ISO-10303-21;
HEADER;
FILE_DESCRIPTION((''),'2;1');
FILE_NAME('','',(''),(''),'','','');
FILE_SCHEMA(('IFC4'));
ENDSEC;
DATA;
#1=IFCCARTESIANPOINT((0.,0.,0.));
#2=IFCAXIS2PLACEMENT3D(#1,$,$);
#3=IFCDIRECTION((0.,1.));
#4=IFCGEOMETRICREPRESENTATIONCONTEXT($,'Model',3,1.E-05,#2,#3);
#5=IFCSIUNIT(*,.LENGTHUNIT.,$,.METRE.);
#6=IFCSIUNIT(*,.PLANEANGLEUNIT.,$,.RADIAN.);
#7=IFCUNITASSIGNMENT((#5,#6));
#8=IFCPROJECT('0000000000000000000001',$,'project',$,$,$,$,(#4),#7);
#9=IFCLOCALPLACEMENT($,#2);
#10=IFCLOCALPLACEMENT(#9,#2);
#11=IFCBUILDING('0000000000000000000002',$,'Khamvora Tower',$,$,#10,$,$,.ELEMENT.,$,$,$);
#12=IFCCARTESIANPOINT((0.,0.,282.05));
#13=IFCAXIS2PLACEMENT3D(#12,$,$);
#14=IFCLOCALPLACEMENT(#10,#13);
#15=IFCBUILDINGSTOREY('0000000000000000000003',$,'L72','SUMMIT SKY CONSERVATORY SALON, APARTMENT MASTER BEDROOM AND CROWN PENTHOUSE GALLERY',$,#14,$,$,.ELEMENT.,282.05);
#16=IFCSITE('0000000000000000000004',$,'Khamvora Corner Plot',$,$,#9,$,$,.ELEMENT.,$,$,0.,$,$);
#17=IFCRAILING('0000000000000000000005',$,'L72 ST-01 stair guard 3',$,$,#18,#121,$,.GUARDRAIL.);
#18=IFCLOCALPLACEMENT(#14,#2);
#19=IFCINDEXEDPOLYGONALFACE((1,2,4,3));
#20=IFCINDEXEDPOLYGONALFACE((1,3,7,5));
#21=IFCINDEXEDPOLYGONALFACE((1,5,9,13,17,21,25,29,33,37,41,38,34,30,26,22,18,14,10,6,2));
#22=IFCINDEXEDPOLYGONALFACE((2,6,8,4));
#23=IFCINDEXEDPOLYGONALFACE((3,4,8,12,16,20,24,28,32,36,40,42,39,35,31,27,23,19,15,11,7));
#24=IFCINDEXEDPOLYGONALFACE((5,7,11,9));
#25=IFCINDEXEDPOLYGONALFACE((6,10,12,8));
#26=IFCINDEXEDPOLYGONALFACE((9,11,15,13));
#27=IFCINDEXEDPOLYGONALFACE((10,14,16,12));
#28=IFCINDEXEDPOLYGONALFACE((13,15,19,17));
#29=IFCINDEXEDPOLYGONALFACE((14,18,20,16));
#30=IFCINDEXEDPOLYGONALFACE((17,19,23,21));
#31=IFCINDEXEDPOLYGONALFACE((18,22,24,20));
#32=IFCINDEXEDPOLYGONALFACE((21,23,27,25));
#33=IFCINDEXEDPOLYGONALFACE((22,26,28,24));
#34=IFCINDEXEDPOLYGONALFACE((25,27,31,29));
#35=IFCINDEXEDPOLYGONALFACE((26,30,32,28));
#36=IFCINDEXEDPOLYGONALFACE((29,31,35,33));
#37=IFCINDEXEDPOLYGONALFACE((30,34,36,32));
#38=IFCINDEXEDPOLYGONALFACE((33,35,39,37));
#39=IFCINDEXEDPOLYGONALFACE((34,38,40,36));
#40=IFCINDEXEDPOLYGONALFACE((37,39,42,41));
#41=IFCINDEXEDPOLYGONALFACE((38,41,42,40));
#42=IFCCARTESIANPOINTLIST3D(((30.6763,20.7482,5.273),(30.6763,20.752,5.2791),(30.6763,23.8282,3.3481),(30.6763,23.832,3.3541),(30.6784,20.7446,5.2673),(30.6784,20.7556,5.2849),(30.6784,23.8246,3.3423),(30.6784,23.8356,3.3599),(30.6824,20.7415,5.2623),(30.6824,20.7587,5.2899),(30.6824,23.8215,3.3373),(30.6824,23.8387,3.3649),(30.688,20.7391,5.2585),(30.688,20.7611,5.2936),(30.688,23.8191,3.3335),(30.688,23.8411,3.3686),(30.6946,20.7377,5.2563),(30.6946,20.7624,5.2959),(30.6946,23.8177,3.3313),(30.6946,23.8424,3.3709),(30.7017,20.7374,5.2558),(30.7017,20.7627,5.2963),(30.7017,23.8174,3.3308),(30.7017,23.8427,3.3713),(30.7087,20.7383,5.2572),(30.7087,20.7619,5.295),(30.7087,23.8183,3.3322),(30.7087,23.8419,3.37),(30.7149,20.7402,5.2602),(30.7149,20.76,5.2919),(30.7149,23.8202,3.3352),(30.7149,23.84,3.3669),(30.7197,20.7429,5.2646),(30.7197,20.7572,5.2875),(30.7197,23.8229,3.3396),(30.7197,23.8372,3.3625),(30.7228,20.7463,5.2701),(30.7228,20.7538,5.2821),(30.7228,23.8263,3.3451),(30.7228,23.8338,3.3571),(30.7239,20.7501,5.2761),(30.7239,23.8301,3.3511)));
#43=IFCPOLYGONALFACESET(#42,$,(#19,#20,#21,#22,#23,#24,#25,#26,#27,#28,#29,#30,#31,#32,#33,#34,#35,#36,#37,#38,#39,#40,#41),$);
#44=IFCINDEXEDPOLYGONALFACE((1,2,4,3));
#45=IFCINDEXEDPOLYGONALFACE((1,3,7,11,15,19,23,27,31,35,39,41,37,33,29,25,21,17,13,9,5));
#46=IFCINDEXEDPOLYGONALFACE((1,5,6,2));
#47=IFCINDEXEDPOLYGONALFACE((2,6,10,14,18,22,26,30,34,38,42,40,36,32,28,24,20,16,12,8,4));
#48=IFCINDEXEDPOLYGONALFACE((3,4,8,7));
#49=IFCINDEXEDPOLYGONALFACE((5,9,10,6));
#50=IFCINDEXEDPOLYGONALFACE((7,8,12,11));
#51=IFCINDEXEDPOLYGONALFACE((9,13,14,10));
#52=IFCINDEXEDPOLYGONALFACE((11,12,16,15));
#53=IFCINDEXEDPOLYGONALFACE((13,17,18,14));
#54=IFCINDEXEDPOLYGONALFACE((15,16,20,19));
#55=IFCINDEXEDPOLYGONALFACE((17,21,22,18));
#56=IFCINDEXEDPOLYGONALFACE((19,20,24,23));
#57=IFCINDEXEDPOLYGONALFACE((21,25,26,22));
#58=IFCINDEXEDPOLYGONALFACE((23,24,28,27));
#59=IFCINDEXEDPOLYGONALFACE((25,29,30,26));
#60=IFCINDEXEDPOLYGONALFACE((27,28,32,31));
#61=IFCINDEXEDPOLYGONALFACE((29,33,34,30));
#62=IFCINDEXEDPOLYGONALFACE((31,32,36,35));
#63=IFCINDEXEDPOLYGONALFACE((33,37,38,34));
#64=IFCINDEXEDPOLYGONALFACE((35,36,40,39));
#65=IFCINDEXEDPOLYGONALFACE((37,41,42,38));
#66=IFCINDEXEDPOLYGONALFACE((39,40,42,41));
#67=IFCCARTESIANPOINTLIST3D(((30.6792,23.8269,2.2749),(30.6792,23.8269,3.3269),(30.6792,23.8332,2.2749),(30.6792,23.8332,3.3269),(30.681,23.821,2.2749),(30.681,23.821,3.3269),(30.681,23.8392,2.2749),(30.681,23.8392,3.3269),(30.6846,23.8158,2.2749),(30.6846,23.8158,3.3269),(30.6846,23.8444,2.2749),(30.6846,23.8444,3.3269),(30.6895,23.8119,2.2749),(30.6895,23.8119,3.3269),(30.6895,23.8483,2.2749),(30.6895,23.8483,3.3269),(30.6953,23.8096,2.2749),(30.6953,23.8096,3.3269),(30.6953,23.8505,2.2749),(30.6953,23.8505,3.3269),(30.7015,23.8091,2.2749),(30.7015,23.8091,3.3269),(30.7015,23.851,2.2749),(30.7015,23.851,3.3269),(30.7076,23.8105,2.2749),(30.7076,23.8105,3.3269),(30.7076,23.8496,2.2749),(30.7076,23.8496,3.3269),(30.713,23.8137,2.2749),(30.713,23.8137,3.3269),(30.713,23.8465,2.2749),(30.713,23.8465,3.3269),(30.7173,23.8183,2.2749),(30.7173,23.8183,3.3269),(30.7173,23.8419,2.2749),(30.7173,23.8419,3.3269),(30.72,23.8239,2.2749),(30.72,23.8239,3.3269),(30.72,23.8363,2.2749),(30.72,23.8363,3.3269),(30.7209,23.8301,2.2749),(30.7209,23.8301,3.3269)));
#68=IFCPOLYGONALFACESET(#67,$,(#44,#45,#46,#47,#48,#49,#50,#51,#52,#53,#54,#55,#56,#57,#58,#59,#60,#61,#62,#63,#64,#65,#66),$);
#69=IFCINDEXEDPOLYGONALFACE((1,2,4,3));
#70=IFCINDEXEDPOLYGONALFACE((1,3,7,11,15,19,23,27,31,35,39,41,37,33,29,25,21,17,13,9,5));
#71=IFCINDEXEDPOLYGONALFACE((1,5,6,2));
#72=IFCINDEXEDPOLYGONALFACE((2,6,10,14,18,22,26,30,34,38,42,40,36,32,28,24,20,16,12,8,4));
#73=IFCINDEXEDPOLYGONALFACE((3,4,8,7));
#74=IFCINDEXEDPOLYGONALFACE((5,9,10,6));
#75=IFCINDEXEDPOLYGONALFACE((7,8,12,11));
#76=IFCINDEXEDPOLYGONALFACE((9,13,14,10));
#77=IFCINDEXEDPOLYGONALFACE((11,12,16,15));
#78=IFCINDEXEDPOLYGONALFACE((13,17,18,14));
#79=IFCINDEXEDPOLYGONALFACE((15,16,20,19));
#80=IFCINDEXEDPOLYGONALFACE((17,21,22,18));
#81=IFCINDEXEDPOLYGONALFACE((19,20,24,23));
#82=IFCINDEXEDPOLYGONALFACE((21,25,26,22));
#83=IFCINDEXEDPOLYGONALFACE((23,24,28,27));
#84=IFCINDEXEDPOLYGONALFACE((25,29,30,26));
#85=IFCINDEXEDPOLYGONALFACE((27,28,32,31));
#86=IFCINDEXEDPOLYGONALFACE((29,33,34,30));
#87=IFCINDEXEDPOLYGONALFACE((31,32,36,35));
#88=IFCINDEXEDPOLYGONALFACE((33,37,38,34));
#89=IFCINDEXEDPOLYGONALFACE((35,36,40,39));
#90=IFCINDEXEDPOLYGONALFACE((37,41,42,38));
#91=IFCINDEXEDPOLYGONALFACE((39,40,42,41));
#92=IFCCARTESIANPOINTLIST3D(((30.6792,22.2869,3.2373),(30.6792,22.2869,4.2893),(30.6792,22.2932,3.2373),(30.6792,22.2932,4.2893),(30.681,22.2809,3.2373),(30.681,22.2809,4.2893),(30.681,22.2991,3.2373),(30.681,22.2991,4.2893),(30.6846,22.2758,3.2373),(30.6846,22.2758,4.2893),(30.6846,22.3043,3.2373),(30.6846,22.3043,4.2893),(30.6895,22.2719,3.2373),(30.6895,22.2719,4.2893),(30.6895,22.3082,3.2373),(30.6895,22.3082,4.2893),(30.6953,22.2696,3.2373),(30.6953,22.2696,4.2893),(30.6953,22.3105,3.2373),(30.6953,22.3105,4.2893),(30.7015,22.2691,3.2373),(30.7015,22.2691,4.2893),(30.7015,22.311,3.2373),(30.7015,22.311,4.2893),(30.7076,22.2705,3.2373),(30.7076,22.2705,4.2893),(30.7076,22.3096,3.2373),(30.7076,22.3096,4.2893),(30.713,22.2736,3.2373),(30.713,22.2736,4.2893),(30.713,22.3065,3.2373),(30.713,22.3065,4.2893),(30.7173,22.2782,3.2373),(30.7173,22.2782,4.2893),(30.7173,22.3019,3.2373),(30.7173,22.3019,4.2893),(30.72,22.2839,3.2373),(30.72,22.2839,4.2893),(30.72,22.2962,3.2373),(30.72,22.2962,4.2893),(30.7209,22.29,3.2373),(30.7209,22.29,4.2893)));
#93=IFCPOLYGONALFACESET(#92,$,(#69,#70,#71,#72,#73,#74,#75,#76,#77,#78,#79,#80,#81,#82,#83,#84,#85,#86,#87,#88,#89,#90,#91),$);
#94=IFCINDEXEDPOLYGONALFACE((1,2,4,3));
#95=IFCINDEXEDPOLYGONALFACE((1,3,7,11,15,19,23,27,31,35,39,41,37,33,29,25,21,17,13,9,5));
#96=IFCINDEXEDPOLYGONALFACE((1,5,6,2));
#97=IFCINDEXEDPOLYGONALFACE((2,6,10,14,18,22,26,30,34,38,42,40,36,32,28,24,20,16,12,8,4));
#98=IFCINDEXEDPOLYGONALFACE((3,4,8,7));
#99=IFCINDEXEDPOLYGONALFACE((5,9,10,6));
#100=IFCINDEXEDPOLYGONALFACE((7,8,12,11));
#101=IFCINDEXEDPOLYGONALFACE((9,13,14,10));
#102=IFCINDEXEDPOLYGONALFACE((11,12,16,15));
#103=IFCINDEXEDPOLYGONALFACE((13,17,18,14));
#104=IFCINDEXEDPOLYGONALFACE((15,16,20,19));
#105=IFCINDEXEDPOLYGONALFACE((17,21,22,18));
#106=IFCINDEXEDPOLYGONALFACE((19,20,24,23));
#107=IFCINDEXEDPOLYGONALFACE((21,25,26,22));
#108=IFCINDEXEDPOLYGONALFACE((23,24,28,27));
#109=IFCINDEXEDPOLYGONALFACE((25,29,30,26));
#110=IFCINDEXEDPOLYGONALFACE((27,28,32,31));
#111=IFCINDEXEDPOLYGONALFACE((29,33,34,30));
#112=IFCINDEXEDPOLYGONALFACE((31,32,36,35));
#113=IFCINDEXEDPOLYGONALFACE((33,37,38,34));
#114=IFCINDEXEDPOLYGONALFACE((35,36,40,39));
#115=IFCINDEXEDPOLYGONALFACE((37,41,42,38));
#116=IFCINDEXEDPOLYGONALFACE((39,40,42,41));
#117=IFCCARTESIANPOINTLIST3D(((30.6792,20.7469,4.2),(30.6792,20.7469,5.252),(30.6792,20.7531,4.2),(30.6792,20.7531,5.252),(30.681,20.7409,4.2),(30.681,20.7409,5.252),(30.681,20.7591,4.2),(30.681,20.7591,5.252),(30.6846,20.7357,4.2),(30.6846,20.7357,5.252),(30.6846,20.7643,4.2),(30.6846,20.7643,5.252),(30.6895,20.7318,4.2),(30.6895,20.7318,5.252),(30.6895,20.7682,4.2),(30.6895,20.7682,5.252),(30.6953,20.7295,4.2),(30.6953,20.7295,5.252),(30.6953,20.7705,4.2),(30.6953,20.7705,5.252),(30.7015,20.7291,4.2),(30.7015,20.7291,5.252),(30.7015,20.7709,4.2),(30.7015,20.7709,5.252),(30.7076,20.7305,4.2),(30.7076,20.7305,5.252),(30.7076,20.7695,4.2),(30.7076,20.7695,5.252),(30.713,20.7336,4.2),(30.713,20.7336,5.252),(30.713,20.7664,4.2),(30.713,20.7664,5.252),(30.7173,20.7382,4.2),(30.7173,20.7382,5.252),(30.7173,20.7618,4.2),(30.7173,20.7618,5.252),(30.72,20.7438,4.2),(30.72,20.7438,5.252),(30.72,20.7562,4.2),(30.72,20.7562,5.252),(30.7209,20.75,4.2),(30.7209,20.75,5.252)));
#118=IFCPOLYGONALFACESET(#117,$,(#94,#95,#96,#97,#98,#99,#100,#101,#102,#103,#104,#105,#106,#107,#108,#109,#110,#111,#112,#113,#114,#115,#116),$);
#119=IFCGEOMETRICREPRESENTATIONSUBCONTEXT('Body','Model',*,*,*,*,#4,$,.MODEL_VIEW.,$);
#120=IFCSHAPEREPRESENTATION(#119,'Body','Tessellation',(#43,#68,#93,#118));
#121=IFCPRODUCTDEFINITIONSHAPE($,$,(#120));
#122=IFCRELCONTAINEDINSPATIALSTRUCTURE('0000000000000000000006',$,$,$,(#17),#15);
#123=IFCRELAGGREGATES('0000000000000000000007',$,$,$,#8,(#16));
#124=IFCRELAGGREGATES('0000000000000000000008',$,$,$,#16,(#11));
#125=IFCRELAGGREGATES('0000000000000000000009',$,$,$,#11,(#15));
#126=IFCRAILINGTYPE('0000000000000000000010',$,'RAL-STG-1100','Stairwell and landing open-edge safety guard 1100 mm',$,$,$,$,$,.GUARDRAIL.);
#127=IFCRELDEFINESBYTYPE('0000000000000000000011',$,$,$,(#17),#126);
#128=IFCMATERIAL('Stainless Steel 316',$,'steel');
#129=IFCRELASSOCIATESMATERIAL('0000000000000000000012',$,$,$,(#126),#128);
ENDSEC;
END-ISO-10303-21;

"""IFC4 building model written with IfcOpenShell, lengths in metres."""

from ifc_helpers import new_model, si_unit, direction, frame, origin, origin_2d, place, context, subcontext, project, spatial, circle, extrude, material, type_object, element, save


model = new_model("IFC4")

# Units and contexts
model_context = context("Model", 3, precision=1e-05, world=origin(), true_north=direction((0.0, 1.0)))
body_context = subcontext(model_context, "Body", "Model", "MODEL_VIEW")
ifc_project = project(units=[si_unit("LENGTHUNIT", "METRE"), si_unit("PLANEANGLEUNIT", "RADIAN")], contexts=[model_context])

# Site, building, storey
site_placement = place(None, origin())
site = spatial("IfcSite", under=ifc_project, at=site_placement, Name="Khamvora Corner Plot", CompositionType="ELEMENT", RefElevation=0.0)
building_placement = place(site_placement, origin())
building = spatial("IfcBuilding", under=site, at=building_placement, Name="Khamvora Tower", CompositionType="ELEMENT")
storey_placement = place(building_placement, frame((0.0, 0.0, 282.05)))
storey = spatial("IfcBuildingStorey", under=building, at=storey_placement, Name="L72", Description="SUMMIT SKY CONSERVATORY SALON, APARTMENT MASTER BEDROOM AND CROWN PENTHOUSE GALLERY", CompositionType="ELEMENT", Elevation=282.05)

# Railing
ifc_material_1 = material(Name="Stainless Steel 316", Category="steel")
railing_type_1 = type_object("IfcRailingType", Name="RAL-STG-1100", Description="Stairwell and landing open-edge safety guard 1100 mm", PredefinedType="GUARDRAIL", material=ifc_material_1)
railing_1_placement = place(storey_placement, frame((30.7, 23.8301, 2.2749)))
element("IfcRailing", 1, at=railing_1_placement, inside=storey, type_object=railing_type_1, Name="L72 ST-01 stair guard 3", PredefinedType="GUARDRAIL", context=body_context, shape_type="SweptSolid", body=[
    extrude(circle(Radius=0.0239, at=origin_2d()), frame((0.0, 0.0, 1.0762), z_axis=(0.0, -0.847998, 0.529999), x_axis=(1.0, 0.0, 0.0)), (0.0, 0.0, 1.0), 3.6321),
    extrude(circle(Radius=0.021, at=origin_2d()), origin(), (0.0, 0.0, 1.0), 1.052),
    extrude(circle(Radius=0.021, at=origin_2d()), frame((0.0, -1.54, 0.9624)), (0.0, 0.0, 1.0), 1.052),
    extrude(circle(Radius=0.021, at=origin_2d()), frame((0.0, -3.0801, 1.925)), (0.0, 0.0, 1.0), 1.052),
])

save(model, "model.ifc")
